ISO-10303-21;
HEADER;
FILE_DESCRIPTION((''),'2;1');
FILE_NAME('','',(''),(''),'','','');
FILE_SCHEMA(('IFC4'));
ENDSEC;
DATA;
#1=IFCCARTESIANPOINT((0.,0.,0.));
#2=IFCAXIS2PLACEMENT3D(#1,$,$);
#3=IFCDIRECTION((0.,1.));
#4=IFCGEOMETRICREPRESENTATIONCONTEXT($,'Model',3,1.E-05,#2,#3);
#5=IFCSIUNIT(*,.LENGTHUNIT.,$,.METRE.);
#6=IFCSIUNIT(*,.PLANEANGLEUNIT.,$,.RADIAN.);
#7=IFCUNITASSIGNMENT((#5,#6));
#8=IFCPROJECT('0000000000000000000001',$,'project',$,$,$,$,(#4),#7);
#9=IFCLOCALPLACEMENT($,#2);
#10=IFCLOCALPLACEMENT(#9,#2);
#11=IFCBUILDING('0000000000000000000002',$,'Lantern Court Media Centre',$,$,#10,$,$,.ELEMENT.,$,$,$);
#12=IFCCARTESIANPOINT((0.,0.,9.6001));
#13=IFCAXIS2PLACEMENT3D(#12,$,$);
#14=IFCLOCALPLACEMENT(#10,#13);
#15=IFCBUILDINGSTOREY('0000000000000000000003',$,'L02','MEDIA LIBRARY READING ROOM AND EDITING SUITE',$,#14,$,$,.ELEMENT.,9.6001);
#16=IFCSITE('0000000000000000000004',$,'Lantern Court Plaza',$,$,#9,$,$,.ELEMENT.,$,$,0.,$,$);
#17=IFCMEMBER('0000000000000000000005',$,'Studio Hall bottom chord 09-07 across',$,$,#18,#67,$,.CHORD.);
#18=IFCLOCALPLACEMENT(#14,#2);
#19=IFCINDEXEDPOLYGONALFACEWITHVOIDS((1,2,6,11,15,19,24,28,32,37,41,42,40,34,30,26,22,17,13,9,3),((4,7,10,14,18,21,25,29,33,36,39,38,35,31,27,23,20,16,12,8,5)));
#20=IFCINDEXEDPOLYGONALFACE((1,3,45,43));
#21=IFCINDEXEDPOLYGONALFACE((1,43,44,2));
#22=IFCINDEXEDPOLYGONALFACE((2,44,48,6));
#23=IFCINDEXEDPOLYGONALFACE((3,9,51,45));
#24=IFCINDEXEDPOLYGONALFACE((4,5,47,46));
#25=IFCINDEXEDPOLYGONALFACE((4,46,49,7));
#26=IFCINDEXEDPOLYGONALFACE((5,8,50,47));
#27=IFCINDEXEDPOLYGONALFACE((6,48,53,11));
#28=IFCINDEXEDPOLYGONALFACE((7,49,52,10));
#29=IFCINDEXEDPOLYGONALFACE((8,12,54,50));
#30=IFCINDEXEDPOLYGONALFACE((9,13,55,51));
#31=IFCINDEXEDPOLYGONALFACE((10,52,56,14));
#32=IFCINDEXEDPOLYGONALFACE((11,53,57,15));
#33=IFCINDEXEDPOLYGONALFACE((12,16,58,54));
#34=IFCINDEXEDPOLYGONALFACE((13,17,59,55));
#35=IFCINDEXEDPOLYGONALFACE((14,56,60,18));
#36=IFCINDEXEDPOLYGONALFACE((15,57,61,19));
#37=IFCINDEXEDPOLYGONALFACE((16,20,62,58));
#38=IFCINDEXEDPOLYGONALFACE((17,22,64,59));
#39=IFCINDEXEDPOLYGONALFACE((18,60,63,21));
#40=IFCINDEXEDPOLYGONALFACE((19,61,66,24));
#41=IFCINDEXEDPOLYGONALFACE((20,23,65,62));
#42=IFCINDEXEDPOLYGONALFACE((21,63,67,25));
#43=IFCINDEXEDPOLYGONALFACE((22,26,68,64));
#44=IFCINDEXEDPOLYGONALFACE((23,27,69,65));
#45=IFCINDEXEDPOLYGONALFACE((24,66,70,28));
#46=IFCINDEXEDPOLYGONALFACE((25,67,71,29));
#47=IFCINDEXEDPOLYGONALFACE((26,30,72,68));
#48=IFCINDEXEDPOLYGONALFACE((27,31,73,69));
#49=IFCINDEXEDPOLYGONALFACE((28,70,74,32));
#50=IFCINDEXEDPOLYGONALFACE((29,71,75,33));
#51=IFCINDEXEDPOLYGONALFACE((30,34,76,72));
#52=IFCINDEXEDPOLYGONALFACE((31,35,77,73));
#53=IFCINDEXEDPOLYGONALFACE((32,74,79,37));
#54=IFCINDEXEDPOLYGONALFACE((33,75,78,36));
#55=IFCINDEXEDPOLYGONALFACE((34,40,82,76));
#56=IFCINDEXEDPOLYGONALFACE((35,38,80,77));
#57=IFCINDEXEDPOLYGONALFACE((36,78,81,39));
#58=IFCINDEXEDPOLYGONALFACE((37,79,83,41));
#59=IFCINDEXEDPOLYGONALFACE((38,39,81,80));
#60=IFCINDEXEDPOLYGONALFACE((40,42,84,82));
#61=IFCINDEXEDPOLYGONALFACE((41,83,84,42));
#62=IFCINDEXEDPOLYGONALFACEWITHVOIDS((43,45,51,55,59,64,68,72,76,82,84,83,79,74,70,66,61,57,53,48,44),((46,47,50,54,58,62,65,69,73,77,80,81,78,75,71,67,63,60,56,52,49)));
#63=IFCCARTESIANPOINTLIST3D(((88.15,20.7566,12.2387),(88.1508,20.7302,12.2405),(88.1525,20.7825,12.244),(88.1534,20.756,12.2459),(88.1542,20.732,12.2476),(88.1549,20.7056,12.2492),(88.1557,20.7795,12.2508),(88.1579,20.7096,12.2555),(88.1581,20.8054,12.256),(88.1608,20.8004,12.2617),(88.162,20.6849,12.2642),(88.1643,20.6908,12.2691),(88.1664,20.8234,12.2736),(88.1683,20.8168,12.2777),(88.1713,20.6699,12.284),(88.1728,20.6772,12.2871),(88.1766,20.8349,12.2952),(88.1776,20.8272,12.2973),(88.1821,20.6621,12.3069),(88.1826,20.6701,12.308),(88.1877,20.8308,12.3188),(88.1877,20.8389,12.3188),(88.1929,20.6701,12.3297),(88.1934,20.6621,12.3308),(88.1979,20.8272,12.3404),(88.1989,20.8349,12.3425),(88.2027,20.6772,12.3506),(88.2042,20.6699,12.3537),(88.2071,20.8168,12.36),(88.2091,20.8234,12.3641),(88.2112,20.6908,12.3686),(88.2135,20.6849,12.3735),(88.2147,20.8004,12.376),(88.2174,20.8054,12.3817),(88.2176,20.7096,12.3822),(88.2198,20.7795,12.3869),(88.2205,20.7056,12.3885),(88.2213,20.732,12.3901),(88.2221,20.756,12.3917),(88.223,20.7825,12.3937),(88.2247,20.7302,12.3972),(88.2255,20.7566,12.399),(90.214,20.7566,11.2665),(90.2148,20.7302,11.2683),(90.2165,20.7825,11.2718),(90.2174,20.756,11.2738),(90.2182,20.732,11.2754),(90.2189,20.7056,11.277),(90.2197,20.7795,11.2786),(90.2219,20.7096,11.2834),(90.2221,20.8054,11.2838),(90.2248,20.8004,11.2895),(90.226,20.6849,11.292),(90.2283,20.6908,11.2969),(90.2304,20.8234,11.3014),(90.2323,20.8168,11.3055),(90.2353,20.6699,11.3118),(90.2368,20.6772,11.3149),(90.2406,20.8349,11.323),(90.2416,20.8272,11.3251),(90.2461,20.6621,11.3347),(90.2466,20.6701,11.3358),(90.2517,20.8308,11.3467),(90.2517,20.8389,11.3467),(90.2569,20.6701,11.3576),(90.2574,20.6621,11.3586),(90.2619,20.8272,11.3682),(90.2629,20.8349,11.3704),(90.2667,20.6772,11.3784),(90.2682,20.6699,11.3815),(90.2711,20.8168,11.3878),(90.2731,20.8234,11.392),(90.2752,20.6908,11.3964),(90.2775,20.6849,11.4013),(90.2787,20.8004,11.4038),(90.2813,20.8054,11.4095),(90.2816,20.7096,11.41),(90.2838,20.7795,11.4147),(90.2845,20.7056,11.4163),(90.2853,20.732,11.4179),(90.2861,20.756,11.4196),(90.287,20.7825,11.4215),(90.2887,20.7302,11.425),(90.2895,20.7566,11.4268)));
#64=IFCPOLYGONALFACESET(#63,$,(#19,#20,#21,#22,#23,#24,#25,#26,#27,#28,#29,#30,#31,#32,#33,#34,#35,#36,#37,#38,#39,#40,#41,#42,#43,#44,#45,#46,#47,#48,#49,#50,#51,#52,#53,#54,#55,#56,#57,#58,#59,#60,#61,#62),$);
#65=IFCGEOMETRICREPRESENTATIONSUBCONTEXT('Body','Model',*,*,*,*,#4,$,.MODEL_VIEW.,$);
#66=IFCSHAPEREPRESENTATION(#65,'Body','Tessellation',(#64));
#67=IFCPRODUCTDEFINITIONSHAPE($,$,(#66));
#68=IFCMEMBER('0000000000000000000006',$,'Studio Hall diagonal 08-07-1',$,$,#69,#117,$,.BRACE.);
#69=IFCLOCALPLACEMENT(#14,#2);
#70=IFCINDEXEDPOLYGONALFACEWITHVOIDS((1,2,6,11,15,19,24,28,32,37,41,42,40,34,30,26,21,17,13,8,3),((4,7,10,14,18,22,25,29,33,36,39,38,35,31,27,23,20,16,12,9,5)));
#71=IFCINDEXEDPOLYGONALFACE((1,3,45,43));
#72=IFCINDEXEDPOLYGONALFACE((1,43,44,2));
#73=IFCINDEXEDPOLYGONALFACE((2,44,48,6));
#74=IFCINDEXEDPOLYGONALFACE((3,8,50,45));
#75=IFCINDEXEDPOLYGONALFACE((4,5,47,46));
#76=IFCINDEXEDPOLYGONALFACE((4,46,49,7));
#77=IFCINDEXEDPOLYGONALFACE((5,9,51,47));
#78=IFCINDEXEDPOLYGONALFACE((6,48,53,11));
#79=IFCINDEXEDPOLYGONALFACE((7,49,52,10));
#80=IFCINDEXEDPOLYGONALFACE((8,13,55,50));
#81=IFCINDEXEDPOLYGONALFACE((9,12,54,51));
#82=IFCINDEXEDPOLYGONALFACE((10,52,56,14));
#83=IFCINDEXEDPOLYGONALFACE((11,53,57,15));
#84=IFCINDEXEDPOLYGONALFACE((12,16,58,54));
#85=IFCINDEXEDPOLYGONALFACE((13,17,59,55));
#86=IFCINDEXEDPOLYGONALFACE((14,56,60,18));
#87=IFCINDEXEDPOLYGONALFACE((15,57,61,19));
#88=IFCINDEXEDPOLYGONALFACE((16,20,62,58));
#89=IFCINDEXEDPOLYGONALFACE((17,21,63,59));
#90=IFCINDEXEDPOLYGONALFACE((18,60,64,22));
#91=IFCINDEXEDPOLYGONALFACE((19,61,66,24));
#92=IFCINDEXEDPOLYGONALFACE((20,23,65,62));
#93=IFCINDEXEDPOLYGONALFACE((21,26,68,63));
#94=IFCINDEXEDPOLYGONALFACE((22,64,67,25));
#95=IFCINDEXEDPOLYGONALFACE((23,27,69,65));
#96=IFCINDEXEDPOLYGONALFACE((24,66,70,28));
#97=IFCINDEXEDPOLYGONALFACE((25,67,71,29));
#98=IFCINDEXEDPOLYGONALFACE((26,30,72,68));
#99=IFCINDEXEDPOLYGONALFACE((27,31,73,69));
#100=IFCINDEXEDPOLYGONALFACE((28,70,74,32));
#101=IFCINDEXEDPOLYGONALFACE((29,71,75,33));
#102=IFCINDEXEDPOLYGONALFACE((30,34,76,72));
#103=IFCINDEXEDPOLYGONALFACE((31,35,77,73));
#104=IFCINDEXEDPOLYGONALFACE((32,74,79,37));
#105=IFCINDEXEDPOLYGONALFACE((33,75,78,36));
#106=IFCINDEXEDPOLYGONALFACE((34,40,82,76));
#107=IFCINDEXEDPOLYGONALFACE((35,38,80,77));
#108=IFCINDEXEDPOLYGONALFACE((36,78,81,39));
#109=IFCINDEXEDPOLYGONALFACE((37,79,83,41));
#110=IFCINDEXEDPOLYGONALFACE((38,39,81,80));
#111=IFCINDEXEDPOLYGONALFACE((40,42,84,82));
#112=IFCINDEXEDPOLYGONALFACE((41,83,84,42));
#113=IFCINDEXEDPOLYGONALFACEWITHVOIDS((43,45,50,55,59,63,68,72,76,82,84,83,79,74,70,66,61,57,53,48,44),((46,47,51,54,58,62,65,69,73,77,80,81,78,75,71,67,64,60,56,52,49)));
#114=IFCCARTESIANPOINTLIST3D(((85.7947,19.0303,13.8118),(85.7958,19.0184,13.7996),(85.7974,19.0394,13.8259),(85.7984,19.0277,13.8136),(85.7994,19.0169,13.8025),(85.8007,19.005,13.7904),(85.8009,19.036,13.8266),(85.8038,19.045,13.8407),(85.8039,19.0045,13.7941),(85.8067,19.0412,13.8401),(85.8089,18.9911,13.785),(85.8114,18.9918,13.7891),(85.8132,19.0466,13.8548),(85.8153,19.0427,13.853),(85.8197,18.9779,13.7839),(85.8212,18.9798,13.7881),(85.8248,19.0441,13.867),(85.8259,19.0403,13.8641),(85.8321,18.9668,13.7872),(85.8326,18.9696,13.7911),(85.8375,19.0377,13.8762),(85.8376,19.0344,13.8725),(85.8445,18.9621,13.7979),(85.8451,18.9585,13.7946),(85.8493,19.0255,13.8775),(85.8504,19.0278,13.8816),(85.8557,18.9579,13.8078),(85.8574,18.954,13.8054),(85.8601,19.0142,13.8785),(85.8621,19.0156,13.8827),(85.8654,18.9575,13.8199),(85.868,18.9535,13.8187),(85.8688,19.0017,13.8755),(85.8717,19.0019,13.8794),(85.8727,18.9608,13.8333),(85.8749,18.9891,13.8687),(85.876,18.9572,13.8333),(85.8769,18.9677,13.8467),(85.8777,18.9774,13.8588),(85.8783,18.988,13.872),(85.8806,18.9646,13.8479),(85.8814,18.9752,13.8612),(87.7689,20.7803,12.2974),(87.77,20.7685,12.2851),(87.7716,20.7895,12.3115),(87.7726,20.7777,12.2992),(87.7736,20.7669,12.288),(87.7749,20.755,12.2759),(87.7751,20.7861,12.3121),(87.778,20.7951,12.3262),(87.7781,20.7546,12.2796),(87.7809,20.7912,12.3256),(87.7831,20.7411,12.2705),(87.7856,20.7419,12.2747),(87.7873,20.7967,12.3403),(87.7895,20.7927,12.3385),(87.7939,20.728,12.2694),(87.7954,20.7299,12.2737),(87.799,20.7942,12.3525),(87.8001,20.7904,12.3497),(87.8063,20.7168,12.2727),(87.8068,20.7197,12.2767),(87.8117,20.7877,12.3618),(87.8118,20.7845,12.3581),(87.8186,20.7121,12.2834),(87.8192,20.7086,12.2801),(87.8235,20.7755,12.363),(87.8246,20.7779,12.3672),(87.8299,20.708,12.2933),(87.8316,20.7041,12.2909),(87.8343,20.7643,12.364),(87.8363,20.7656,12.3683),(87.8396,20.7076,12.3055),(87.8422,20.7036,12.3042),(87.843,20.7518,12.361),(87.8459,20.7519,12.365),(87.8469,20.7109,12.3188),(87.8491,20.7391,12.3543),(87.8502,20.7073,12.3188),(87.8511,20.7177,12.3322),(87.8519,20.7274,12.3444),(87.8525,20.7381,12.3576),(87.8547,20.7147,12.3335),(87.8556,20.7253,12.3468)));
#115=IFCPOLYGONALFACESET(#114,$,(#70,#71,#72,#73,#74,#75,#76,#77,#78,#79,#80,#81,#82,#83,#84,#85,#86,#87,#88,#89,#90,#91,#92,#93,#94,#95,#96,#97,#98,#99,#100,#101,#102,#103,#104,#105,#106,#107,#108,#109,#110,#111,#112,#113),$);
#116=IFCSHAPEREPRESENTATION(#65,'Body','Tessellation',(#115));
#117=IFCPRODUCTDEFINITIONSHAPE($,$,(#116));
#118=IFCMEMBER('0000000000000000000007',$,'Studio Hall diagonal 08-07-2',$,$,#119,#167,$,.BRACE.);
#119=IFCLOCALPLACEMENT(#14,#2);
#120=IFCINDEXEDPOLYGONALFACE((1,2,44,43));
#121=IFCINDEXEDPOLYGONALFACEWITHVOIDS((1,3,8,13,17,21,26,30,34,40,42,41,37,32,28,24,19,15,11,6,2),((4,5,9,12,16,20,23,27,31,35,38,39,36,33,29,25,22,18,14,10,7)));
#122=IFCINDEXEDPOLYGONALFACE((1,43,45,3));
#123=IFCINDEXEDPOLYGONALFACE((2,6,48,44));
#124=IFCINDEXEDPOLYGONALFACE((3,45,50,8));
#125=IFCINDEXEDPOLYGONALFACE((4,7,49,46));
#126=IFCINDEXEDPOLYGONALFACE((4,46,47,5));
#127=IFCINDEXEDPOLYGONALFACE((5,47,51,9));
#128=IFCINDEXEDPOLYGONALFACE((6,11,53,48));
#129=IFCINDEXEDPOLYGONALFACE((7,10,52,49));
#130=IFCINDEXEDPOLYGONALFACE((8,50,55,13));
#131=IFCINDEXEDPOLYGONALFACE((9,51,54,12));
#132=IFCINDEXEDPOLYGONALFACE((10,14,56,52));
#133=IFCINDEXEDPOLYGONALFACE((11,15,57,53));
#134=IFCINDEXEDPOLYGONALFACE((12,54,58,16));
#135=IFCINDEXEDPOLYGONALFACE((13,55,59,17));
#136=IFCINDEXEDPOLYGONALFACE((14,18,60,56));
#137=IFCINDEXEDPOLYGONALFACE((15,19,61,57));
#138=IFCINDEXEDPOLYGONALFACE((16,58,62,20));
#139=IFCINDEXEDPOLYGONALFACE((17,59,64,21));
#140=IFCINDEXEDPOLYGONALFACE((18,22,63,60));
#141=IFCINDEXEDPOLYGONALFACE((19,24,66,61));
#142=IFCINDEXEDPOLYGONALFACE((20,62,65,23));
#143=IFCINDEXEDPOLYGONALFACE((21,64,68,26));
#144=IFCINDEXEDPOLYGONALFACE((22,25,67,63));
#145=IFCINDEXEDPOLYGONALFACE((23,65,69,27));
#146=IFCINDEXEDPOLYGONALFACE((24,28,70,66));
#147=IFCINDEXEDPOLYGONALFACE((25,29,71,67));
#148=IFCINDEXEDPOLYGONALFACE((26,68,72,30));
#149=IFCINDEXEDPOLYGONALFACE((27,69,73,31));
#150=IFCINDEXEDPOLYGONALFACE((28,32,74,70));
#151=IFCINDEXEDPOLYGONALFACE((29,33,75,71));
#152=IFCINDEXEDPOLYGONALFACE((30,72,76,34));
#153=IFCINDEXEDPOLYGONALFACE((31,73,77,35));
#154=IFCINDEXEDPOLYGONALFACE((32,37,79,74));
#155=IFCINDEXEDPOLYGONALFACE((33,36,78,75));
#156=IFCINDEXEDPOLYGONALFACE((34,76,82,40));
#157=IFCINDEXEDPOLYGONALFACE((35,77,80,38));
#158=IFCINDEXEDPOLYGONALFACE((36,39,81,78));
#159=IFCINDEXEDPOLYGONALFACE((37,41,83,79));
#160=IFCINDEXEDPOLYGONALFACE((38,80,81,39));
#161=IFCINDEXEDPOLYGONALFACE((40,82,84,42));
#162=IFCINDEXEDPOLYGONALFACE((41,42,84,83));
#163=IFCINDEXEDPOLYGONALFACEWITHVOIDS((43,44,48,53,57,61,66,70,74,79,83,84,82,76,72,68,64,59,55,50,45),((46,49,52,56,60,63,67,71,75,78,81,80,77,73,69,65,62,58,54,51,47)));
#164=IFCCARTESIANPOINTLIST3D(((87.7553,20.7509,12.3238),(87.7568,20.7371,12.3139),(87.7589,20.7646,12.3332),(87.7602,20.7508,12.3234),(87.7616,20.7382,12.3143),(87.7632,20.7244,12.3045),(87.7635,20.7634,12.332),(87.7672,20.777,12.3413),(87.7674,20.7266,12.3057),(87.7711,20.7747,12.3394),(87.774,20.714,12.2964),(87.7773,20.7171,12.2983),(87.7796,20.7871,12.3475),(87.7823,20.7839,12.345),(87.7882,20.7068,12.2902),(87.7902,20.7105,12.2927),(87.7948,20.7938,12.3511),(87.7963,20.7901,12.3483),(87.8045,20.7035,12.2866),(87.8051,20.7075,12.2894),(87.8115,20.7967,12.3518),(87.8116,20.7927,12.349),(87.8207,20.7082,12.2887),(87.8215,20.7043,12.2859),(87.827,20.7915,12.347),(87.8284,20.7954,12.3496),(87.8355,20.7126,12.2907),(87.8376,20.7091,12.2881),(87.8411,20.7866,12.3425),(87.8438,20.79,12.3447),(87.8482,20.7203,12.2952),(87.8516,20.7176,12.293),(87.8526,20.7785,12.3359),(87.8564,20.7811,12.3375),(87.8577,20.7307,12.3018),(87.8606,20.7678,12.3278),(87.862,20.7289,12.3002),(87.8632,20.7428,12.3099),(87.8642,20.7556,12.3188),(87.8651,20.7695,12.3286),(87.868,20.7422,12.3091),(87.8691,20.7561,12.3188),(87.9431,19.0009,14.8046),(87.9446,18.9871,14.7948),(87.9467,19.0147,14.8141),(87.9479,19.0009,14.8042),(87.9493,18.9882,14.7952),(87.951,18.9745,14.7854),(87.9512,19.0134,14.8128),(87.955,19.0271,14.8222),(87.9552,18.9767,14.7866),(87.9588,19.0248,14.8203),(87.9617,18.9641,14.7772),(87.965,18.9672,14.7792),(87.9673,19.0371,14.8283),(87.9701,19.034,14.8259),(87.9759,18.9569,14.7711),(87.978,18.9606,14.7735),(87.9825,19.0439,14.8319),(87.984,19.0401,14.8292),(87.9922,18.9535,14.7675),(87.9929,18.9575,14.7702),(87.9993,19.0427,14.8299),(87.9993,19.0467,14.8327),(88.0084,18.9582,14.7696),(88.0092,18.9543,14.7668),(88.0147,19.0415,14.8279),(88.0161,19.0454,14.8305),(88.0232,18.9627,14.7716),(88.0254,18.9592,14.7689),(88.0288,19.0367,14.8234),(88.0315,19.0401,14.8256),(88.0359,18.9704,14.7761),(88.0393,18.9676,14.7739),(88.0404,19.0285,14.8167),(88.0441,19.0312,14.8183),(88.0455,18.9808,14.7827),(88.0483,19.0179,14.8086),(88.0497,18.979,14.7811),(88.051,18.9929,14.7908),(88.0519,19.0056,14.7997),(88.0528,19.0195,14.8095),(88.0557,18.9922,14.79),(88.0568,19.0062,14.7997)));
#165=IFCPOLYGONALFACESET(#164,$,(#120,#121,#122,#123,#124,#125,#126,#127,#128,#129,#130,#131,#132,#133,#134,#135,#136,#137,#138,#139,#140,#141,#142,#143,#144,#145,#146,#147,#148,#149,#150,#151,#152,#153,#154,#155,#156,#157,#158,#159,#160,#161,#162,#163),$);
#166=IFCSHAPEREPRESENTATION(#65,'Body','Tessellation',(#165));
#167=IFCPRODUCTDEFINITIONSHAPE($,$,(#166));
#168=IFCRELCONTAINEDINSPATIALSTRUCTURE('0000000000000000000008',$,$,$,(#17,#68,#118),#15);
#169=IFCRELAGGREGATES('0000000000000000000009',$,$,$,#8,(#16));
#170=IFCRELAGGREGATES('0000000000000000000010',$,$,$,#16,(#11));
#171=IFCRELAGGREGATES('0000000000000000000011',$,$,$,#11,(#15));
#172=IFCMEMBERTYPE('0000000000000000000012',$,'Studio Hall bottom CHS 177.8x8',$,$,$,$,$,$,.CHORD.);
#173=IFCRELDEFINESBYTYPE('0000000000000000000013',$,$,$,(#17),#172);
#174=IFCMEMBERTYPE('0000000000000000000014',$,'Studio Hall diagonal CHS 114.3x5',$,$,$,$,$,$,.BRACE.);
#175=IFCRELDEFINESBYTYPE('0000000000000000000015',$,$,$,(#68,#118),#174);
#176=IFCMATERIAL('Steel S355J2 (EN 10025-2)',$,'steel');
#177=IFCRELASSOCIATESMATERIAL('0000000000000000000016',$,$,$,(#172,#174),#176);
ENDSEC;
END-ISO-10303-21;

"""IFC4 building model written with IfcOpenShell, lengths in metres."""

from ifc_helpers import new_model, si_unit, direction, frame, origin, origin_2d, place, context, subcontext, project, spatial, hollow_circle, extrude, material, material_profile, profile_set, type_object, element, save


model = new_model("IFC4")

# Units and contexts
model_context = context("Model", 3, precision=1e-05, world=origin(), true_north=direction((0.0, 1.0)))
body_context = subcontext(model_context, "Body", "Model", "MODEL_VIEW")
ifc_project = project(units=[si_unit("LENGTHUNIT", "METRE"), si_unit("PLANEANGLEUNIT", "RADIAN")], contexts=[model_context])

# Site, building, storey
site_placement = place(None, origin())
site = spatial("IfcSite", under=ifc_project, at=site_placement, Name="Lantern Court Plaza", CompositionType="ELEMENT", RefElevation=0.0)
building_placement = place(site_placement, origin())
building = spatial("IfcBuilding", under=site, at=building_placement, Name="Lantern Court Media Centre", CompositionType="ELEMENT")
storey_placement = place(building_placement, frame((0.0, 0.0, 9.6001)))
storey = spatial("IfcBuildingStorey", under=building, at=storey_placement, Name="L02", Description="MEDIA LIBRARY READING ROOM AND EDITING SUITE", CompositionType="ELEMENT", Elevation=9.6001)

# Members
ifc_material = material(Name="Steel S355J2 (EN 10025-2)", Category="steel")
ifc_material_profile_1 = material_profile(ifc_material, hollow_circle(Radius=0.0889, WallThickness=0.0081, at=origin_2d()), Name="Studio Hall bottom CHS 177.8x8")
ifc_profile_set_1 = profile_set([ifc_material_profile_1], Name="Steel S355J2 (EN 10025-2)")
member_type_1 = type_object("IfcMemberType", Name="Studio Hall bottom CHS 177.8x8", PredefinedType="CHORD", material=ifc_profile_set_1)
member_1_placement = place(storey_placement, frame((88.1877, 20.75, 12.3188), z_axis=(0.904668, 0.0, -0.426117), x_axis=(0.0, 1.0, 0.0)))
element("IfcMember", 1, at=member_1_placement, inside=storey, type_object=member_type_1, Name="Studio Hall bottom chord 09-07 across", PredefinedType="CHORD", context=body_context, shape_type="SweptSolid", body=[
    extrude(hollow_circle(Radius=0.0889, WallThickness=0.0081, at=origin_2d()), origin(), (0.0, 0.0, 1.0), 2.2815),
])
ifc_material_profile_2 = material_profile(ifc_material, hollow_circle(Radius=0.0571, WallThickness=0.0049, at=origin_2d()), Name="Studio Hall diagonal CHS 114.3x5")
ifc_profile_set_2 = profile_set([ifc_material_profile_2], Name="Steel S355J2 (EN 10025-2)")
member_type_2 = type_object("IfcMemberType", Name="Studio Hall diagonal CHS 114.3x5", PredefinedType="BRACE", material=ifc_profile_set_2)
member_2_placement = place(storey_placement, frame((87.8123, 20.75, 12.3188), z_axis=(-0.648979, -0.575301, 0.49785), x_axis=(0.663352, -0.748307, 0.0)))
element("IfcMember", 2, at=member_2_placement, inside=storey, type_object=member_type_2, Name="Studio Hall diagonal 08-07-1", PredefinedType="BRACE", context=body_context, shape_type="SweptSolid", body=[
    extrude(hollow_circle(Radius=0.0571, WallThickness=0.0049, at=origin_2d()), origin(), (0.0, 0.0, 1.0), 3.042),
])
for number, where, z_axis, x_axis, name in (
    (3, (87.8123, 20.75, 12.3188), (0.06172, -0.575306, 0.815606), (0.994294, 0.10667, 0.0), "Studio Hall diagonal 08-07-2"),
):
    element("IfcMember", number, at=place(storey_placement, frame(where, z_axis=z_axis, x_axis=x_axis)), inside=storey, type_object=member_type_2, Name=name, PredefinedType="BRACE", context=body_context, shape_type="SweptSolid", body=[
        extrude(hollow_circle(Radius=0.0571, WallThickness=0.0049, at=origin_2d()), origin(), (0.0, 0.0, 1.0), 3.0417),
    ])

save(model, "model.ifc")
